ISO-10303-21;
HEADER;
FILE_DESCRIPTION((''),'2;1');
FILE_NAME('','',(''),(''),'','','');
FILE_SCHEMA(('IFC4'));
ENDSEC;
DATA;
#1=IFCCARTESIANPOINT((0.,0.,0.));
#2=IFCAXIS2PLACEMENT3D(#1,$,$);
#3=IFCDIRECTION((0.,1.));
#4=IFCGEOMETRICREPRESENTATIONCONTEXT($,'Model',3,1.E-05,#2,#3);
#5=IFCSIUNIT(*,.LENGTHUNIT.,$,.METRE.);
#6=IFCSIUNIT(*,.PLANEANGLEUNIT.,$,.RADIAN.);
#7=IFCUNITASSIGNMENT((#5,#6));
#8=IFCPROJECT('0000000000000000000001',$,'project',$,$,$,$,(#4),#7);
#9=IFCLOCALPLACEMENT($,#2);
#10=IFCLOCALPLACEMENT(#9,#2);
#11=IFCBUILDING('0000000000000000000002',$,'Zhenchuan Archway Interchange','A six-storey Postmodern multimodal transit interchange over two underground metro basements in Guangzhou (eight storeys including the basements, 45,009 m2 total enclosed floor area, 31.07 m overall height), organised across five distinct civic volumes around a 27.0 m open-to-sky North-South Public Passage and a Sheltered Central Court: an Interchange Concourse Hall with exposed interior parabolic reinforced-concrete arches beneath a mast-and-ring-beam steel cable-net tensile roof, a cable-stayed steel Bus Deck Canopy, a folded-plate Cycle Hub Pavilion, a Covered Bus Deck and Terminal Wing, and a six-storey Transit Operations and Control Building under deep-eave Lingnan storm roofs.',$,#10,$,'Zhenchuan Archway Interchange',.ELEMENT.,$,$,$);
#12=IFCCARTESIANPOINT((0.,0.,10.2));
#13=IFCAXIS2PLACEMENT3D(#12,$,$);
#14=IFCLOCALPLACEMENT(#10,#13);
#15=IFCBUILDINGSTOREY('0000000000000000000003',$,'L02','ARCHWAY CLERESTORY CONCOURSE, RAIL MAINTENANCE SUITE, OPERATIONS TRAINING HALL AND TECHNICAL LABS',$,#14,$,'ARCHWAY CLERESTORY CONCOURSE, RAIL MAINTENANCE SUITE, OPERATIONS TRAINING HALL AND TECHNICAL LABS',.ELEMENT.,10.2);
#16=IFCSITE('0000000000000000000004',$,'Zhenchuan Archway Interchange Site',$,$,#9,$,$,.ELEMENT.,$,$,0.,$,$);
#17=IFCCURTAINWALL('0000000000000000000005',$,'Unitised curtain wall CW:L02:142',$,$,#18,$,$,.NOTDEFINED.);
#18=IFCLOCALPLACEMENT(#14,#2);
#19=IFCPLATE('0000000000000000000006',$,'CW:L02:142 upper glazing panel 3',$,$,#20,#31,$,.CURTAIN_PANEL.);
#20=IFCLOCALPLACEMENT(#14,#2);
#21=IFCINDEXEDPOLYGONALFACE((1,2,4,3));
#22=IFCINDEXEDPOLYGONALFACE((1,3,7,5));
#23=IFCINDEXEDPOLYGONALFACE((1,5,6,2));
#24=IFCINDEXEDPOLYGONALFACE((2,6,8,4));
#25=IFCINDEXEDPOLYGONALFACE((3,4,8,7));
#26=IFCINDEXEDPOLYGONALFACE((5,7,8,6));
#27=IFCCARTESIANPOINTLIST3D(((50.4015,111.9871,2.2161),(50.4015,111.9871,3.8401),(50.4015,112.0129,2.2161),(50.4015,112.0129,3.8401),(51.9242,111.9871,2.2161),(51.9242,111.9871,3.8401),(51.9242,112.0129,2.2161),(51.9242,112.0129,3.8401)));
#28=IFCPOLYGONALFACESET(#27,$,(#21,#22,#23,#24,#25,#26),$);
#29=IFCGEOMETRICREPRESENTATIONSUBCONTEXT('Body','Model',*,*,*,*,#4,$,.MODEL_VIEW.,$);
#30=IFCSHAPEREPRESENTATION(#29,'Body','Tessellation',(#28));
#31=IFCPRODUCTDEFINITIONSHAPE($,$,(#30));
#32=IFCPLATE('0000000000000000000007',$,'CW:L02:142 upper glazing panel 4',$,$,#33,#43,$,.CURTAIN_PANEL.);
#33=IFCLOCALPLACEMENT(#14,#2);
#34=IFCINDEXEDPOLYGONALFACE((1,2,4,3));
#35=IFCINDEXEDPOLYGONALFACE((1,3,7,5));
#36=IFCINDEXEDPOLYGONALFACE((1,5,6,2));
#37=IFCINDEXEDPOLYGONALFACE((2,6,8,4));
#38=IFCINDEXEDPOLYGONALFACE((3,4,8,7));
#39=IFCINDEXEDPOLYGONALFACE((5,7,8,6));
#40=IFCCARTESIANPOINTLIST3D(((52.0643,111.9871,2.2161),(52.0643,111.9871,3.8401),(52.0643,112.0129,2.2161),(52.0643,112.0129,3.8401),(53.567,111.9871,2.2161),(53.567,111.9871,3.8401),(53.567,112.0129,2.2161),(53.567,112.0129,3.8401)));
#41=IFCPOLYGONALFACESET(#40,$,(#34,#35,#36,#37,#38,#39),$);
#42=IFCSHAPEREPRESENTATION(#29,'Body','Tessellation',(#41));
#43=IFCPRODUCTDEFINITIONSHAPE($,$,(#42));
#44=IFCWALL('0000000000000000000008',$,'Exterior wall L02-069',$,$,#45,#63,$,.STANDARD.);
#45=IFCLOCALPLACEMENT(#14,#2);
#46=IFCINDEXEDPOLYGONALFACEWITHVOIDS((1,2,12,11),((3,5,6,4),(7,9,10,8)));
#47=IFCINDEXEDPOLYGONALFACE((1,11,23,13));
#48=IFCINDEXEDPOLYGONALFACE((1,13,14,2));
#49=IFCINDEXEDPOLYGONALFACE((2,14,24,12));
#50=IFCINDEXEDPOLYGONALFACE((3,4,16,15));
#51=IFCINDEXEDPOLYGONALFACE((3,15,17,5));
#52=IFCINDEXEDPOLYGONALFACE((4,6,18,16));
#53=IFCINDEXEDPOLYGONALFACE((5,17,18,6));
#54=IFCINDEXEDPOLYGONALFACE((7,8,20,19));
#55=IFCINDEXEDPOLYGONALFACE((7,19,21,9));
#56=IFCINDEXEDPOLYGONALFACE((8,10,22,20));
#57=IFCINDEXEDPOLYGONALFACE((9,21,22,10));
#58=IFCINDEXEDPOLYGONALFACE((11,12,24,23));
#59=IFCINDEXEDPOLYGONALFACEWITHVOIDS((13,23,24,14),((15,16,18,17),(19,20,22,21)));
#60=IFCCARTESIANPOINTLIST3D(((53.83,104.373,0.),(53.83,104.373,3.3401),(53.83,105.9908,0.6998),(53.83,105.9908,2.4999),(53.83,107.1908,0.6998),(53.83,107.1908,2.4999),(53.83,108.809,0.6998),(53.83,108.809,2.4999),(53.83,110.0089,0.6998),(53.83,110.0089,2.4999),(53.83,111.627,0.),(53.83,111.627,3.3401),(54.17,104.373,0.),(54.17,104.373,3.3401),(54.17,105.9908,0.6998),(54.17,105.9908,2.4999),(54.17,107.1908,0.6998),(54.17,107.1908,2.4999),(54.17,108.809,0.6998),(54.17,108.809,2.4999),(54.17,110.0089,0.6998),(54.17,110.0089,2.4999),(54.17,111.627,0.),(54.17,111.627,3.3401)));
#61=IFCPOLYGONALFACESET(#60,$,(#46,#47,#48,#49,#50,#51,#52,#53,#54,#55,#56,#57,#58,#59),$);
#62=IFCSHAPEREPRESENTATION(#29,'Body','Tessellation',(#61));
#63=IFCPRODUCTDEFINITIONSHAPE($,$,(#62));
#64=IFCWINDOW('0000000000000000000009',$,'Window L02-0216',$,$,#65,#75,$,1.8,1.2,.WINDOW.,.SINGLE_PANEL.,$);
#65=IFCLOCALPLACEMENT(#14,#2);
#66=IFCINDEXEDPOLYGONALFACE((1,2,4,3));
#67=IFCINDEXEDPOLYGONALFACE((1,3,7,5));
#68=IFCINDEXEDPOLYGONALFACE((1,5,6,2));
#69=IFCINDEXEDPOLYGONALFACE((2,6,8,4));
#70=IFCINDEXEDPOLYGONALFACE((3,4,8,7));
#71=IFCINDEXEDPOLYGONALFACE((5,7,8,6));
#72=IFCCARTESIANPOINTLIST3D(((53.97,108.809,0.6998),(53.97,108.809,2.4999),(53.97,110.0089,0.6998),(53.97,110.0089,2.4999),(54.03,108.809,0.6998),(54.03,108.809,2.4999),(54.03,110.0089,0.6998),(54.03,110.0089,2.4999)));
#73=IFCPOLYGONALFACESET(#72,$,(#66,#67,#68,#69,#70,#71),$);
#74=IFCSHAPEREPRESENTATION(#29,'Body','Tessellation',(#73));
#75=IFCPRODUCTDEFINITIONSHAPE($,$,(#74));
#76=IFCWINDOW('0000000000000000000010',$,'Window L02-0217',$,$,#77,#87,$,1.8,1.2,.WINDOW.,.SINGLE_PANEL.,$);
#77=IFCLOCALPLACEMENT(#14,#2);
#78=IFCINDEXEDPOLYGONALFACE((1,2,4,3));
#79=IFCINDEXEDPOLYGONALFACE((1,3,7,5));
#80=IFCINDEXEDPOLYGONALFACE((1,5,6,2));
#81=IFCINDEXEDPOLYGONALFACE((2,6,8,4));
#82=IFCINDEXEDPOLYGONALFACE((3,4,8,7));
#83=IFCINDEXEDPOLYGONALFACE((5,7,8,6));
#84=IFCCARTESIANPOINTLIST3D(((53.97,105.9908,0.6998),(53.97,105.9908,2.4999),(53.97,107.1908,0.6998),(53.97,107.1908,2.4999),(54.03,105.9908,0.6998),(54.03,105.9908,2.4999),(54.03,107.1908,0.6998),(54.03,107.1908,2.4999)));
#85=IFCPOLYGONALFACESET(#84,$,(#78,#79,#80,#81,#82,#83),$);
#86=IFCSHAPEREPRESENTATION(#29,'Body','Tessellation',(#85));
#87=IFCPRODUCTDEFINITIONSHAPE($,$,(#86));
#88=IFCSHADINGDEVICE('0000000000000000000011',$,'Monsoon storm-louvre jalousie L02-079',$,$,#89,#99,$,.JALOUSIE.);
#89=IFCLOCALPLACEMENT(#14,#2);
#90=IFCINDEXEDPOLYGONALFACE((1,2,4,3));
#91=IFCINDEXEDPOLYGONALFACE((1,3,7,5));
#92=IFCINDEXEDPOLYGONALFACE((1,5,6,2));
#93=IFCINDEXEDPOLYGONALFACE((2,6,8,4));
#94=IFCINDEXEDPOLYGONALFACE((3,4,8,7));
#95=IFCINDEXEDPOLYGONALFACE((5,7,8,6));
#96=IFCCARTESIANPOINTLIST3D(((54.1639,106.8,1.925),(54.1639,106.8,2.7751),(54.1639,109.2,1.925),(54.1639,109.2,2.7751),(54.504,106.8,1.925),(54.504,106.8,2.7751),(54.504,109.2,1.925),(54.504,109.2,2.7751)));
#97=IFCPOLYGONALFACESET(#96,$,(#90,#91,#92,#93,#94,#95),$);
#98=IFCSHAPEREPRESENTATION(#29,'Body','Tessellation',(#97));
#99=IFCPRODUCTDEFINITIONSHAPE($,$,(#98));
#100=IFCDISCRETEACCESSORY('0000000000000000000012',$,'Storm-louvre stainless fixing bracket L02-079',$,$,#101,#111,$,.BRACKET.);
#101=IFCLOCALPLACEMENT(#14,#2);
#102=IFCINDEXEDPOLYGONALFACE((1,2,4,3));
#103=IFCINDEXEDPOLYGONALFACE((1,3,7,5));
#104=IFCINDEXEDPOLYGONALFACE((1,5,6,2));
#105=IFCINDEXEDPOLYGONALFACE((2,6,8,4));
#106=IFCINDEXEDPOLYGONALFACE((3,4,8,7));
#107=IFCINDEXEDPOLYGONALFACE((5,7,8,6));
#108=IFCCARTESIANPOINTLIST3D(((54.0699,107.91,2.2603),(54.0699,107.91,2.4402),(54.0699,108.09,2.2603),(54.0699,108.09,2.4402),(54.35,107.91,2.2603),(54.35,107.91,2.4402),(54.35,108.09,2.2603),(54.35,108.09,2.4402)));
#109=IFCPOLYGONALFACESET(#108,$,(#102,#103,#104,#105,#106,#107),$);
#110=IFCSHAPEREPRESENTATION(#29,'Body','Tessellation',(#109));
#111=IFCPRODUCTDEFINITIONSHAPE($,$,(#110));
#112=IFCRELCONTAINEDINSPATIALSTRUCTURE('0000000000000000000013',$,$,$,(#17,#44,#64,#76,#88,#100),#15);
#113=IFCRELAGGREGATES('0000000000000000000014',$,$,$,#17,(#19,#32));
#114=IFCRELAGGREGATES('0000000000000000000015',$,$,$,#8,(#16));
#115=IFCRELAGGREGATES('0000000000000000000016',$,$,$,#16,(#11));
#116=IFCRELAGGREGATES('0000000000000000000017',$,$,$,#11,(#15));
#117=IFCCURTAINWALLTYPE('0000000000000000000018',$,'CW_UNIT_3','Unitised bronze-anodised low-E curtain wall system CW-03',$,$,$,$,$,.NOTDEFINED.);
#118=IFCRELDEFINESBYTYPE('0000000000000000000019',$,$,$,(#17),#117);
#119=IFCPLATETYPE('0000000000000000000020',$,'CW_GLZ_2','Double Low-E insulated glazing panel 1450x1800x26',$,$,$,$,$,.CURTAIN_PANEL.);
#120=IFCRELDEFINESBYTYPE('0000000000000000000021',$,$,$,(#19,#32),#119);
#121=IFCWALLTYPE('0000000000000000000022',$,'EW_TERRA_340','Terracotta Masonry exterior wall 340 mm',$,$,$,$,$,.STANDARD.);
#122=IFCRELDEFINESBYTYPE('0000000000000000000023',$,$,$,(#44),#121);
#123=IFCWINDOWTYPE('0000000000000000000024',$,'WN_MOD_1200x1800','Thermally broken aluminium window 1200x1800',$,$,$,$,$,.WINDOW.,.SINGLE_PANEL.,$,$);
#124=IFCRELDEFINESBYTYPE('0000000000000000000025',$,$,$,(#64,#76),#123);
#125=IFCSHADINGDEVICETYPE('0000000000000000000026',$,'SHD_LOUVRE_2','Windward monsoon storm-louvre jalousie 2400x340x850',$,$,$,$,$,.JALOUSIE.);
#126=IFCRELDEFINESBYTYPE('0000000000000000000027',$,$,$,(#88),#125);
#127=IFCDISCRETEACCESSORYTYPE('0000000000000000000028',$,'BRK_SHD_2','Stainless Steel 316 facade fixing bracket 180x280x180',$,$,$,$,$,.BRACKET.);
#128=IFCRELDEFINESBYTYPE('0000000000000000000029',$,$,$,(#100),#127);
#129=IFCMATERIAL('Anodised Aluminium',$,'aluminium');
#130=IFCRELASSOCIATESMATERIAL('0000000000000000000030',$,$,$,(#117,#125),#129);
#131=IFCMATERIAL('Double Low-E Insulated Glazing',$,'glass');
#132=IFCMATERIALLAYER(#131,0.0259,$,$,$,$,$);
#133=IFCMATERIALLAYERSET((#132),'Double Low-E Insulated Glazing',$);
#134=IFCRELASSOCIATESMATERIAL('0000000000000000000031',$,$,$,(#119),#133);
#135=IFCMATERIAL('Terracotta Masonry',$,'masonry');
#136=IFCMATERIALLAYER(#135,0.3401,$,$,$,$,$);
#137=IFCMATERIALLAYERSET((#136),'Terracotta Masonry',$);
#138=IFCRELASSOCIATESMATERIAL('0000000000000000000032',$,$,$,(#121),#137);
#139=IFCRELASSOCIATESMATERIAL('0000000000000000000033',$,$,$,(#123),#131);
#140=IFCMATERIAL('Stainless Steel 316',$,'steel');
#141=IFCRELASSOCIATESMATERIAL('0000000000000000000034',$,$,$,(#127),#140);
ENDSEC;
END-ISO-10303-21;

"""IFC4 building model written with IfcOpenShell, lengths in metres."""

from ifc_helpers import new_model, si_unit, direction, frame, frame_2d, origin, origin_2d, place, context, subcontext, project, spatial, rectangle, extrude, material, layer, layer_set, type_object, element, fill, aggregate, save


model = new_model("IFC4")

# Units and contexts
model_context = context("Model", 3, precision=1e-05, world=origin(), true_north=direction((0.0, 1.0)))
body_context = subcontext(model_context, "Body", "Model", "MODEL_VIEW")
ifc_project = project(units=[si_unit("LENGTHUNIT", "METRE"), si_unit("PLANEANGLEUNIT", "RADIAN")], contexts=[model_context])

# Site, building, storey
site_placement = place(None, origin())
site = spatial("IfcSite", under=ifc_project, at=site_placement, Name="Zhenchuan Archway Interchange Site", CompositionType="ELEMENT", RefElevation=0.0)
building_placement = place(site_placement, origin())
building = spatial("IfcBuilding", under=site, at=building_placement, Name="Zhenchuan Archway Interchange", Description="A six-storey Postmodern multimodal transit interchange over two underground metro basements in Guangzhou (eight storeys including the basements, 45,009 m2 total enclosed floor area, 31.07 m overall height), organised across five distinct civic volumes around a 27.0 m open-to-sky North-South Public Passage and a Sheltered Central Court: an Interchange Concourse Hall with exposed interior parabolic reinforced-concrete arches beneath a mast-and-ring-beam steel cable-net tensile roof, a cable-stayed steel Bus Deck Canopy, a folded-plate Cycle Hub Pavilion, a Covered Bus Deck and Terminal Wing, and a six-storey Transit Operations and Control Building under deep-eave Lingnan storm roofs.", LongName="Zhenchuan Archway Interchange", CompositionType="ELEMENT")
storey_placement = place(building_placement, frame((0.0, 0.0, 10.2)))
storey = spatial("IfcBuildingStorey", under=building, at=storey_placement, Name="L02", Description="ARCHWAY CLERESTORY CONCOURSE, RAIL MAINTENANCE SUITE, OPERATIONS TRAINING HALL AND TECHNICAL LABS", LongName="ARCHWAY CLERESTORY CONCOURSE, RAIL MAINTENANCE SUITE, OPERATIONS TRAINING HALL AND TECHNICAL LABS", CompositionType="ELEMENT", Elevation=10.2)

# Curtain wall
ifc_material_1 = material(Name="Anodised Aluminium", Category="aluminium")
curtain_wall_type = type_object("IfcCurtainWallType", Name="CW_UNIT_3", Description="Unitised bronze-anodised low-E curtain wall system CW-03", PredefinedType="NOTDEFINED", material=ifc_material_1)
curtain_wall_placement = place(storey_placement, origin())
curtain_wall = element("IfcCurtainWall", 1, at=curtain_wall_placement, inside=storey, type_object=curtain_wall_type, Name="Unitised curtain wall CW:L02:142", PredefinedType="NOTDEFINED")

# Plates
ifc_material_2 = material(Name="Double Low-E Insulated Glazing", Category="glass")
ifc_layer_1 = layer(ifc_material_2, 0.0259)
ifc_layer_set_1 = layer_set([ifc_layer_1], Name="Double Low-E Insulated Glazing")
plate_type_1 = type_object("IfcPlateType", Name="CW_GLZ_2", Description="Double Low-E insulated glazing panel 1450x1800x26", PredefinedType="CURTAIN_PANEL", material=ifc_layer_set_1)
plate_1_placement = place(storey_placement, frame((51.1628, 112.0, 2.2161), z_axis=(0.0, 0.0, 1.0), x_axis=(1.0, 0.0, 0.0)))
plate_1 = element("IfcPlate", 2, at=plate_1_placement, type_object=plate_type_1, Name="CW:L02:142 upper glazing panel 3", PredefinedType="CURTAIN_PANEL", context=body_context, shape_type="SweptSolid", body=[
    extrude(rectangle(XDim=1.5227, YDim=0.0259, at=origin_2d()), origin(), (0.0, 0.0, 1.0), 1.624),
])
plate_2_placement = place(storey_placement, frame((52.8157, 112.0, 2.2161), z_axis=(0.0, 0.0, 1.0), x_axis=(1.0, 0.0, 0.0)))
plate_2 = element("IfcPlate", 3, at=plate_2_placement, type_object=plate_type_1, Name="CW:L02:142 upper glazing panel 4", PredefinedType="CURTAIN_PANEL", context=body_context, shape_type="SweptSolid", body=[
    extrude(rectangle(XDim=1.5027, YDim=0.0259, at=origin_2d()), origin(), (0.0, 0.0, 1.0), 1.624),
])
aggregate(curtain_wall, [plate_1, plate_2])

# Wall, openings, windows
ifc_material_3 = material(Name="Terracotta Masonry", Category="masonry")
ifc_layer_2 = layer(ifc_material_3, 0.3401)
ifc_layer_set_2 = layer_set([ifc_layer_2], Name="Terracotta Masonry")
wall_type = type_object("IfcWallType", Name="EW_TERRA_340", Description="Terracotta Masonry exterior wall 340 mm", PredefinedType="STANDARD", material=ifc_layer_set_2)
wall_placement = place(storey_placement, frame((54.0, 111.627, 0.0), z_axis=(0.0, 0.0, 1.0), x_axis=(0.0, -1.0, 0.0)))
wall = element("IfcWall", 4, at=wall_placement, inside=storey, type_object=wall_type, Name="Exterior wall L02-069", PredefinedType="STANDARD", context=body_context, shape_type="SweptSolid", body=[
    extrude(rectangle(XDim=7.2539, YDim=0.3401, at=frame_2d((3.627, 0.0))), origin(), (0.0, 0.0, 1.0), 3.3401),
])
opening_1_placement = place(wall_placement, frame((1.6179, 0.0, 0.7)))
opening_1 = element("IfcOpeningElement", 5, at=opening_1_placement, cuts=wall, PredefinedType="OPENING", context=body_context, shape_type="SweptSolid", body=[
    extrude(rectangle(XDim=1.2, YDim=1.8, at=frame_2d((0.6001, 0.8999))), frame((0.0, 0.1821, 0.0), z_axis=(0.0, -1.0, 0.0), x_axis=(1.0, 0.0, 0.0)), (0.0, 0.0, 1.0), 0.364),
])
opening_2_placement = place(wall_placement, frame((4.436, 0.0, 0.7)))
opening_2 = element("IfcOpeningElement", 6, at=opening_2_placement, cuts=wall, PredefinedType="OPENING", context=body_context, shape_type="SweptSolid", body=[
    extrude(rectangle(XDim=1.2, YDim=1.8, at=frame_2d((0.6001, 0.8999))), frame((0.0, 0.1821, 0.0), z_axis=(0.0, -1.0, 0.0), x_axis=(1.0, 0.0, 0.0)), (0.0, 0.0, 1.0), 0.364),
])
window_type = type_object("IfcWindowType", Name="WN_MOD_1200x1800", Description="Thermally broken aluminium window 1200x1800", PartitioningType="SINGLE_PANEL", PredefinedType="WINDOW", material=ifc_material_2)
window_1_placement = place(opening_1_placement, origin())
window_1 = element("IfcWindow", 7, at=window_1_placement, inside=storey, type_object=window_type, Name="Window L02-0216", OverallHeight=1.8, OverallWidth=1.2, PartitioningType="SINGLE_PANEL", PredefinedType="WINDOW", context=body_context, shape_type="SweptSolid", body=[
    extrude(rectangle(XDim=1.2, YDim=1.8, at=frame_2d((0.6001, 0.8999))), frame((0.0, 0.03, 0.0), z_axis=(0.0, -1.0, 0.0), x_axis=(1.0, 0.0, 0.0)), (0.0, 0.0, 1.0), 0.0601),
])
fill(opening_1, window_1)
window_2_placement = place(opening_2_placement, origin())
window_2 = element("IfcWindow", 8, at=window_2_placement, inside=storey, type_object=window_type, Name="Window L02-0217", OverallHeight=1.8, OverallWidth=1.2, PartitioningType="SINGLE_PANEL", PredefinedType="WINDOW", context=body_context, shape_type="SweptSolid", body=[
    extrude(rectangle(XDim=1.2, YDim=1.8, at=frame_2d((0.6001, 0.8999))), frame((0.0, 0.03, 0.0), z_axis=(0.0, -1.0, 0.0), x_axis=(1.0, 0.0, 0.0)), (0.0, 0.0, 1.0), 0.0601),
])
fill(opening_2, window_2)

# Shading device
shading_device_type = type_object("IfcShadingDeviceType", Name="SHD_LOUVRE_2", Description="Windward monsoon storm-louvre jalousie 2400x340x850", PredefinedType="JALOUSIE", material=ifc_material_1)
shading_device_placement = place(storey_placement, frame((54.334, 108.0, 1.925), z_axis=(0.0, 0.0, 1.0), x_axis=(0.0, -1.0, 0.0)))
element("IfcShadingDevice", 9, at=shading_device_placement, inside=storey, type_object=shading_device_type, Name="Monsoon storm-louvre jalousie L02-079", PredefinedType="JALOUSIE", context=body_context, shape_type="SweptSolid", body=[
    extrude(rectangle(XDim=2.3999, YDim=0.3401, at=origin_2d()), origin(), (0.0, 0.0, 1.0), 0.8501),
])

# Discrete accessory
ifc_material_4 = material(Name="Stainless Steel 316", Category="steel")
discrete_accessory_type = type_object("IfcDiscreteAccessoryType", Name="BRK_SHD_2", Description="Stainless Steel 316 facade fixing bracket 180x280x180", PredefinedType="BRACKET", material=ifc_material_4)
discrete_accessory_placement = place(storey_placement, frame((54.21, 108.0, 2.2603), z_axis=(0.0, 0.0, 1.0), x_axis=(0.0, -1.0, 0.0)))
element("IfcDiscreteAccessory", 10, at=discrete_accessory_placement, inside=storey, type_object=discrete_accessory_type, Name="Storm-louvre stainless fixing bracket L02-079", PredefinedType="BRACKET", context=body_context, shape_type="SweptSolid", body=[
    extrude(rectangle(XDim=0.1799, YDim=0.28, at=origin_2d()), origin(), (0.0, 0.0, 1.0), 0.1799),
])

save(model, "model.ifc")
